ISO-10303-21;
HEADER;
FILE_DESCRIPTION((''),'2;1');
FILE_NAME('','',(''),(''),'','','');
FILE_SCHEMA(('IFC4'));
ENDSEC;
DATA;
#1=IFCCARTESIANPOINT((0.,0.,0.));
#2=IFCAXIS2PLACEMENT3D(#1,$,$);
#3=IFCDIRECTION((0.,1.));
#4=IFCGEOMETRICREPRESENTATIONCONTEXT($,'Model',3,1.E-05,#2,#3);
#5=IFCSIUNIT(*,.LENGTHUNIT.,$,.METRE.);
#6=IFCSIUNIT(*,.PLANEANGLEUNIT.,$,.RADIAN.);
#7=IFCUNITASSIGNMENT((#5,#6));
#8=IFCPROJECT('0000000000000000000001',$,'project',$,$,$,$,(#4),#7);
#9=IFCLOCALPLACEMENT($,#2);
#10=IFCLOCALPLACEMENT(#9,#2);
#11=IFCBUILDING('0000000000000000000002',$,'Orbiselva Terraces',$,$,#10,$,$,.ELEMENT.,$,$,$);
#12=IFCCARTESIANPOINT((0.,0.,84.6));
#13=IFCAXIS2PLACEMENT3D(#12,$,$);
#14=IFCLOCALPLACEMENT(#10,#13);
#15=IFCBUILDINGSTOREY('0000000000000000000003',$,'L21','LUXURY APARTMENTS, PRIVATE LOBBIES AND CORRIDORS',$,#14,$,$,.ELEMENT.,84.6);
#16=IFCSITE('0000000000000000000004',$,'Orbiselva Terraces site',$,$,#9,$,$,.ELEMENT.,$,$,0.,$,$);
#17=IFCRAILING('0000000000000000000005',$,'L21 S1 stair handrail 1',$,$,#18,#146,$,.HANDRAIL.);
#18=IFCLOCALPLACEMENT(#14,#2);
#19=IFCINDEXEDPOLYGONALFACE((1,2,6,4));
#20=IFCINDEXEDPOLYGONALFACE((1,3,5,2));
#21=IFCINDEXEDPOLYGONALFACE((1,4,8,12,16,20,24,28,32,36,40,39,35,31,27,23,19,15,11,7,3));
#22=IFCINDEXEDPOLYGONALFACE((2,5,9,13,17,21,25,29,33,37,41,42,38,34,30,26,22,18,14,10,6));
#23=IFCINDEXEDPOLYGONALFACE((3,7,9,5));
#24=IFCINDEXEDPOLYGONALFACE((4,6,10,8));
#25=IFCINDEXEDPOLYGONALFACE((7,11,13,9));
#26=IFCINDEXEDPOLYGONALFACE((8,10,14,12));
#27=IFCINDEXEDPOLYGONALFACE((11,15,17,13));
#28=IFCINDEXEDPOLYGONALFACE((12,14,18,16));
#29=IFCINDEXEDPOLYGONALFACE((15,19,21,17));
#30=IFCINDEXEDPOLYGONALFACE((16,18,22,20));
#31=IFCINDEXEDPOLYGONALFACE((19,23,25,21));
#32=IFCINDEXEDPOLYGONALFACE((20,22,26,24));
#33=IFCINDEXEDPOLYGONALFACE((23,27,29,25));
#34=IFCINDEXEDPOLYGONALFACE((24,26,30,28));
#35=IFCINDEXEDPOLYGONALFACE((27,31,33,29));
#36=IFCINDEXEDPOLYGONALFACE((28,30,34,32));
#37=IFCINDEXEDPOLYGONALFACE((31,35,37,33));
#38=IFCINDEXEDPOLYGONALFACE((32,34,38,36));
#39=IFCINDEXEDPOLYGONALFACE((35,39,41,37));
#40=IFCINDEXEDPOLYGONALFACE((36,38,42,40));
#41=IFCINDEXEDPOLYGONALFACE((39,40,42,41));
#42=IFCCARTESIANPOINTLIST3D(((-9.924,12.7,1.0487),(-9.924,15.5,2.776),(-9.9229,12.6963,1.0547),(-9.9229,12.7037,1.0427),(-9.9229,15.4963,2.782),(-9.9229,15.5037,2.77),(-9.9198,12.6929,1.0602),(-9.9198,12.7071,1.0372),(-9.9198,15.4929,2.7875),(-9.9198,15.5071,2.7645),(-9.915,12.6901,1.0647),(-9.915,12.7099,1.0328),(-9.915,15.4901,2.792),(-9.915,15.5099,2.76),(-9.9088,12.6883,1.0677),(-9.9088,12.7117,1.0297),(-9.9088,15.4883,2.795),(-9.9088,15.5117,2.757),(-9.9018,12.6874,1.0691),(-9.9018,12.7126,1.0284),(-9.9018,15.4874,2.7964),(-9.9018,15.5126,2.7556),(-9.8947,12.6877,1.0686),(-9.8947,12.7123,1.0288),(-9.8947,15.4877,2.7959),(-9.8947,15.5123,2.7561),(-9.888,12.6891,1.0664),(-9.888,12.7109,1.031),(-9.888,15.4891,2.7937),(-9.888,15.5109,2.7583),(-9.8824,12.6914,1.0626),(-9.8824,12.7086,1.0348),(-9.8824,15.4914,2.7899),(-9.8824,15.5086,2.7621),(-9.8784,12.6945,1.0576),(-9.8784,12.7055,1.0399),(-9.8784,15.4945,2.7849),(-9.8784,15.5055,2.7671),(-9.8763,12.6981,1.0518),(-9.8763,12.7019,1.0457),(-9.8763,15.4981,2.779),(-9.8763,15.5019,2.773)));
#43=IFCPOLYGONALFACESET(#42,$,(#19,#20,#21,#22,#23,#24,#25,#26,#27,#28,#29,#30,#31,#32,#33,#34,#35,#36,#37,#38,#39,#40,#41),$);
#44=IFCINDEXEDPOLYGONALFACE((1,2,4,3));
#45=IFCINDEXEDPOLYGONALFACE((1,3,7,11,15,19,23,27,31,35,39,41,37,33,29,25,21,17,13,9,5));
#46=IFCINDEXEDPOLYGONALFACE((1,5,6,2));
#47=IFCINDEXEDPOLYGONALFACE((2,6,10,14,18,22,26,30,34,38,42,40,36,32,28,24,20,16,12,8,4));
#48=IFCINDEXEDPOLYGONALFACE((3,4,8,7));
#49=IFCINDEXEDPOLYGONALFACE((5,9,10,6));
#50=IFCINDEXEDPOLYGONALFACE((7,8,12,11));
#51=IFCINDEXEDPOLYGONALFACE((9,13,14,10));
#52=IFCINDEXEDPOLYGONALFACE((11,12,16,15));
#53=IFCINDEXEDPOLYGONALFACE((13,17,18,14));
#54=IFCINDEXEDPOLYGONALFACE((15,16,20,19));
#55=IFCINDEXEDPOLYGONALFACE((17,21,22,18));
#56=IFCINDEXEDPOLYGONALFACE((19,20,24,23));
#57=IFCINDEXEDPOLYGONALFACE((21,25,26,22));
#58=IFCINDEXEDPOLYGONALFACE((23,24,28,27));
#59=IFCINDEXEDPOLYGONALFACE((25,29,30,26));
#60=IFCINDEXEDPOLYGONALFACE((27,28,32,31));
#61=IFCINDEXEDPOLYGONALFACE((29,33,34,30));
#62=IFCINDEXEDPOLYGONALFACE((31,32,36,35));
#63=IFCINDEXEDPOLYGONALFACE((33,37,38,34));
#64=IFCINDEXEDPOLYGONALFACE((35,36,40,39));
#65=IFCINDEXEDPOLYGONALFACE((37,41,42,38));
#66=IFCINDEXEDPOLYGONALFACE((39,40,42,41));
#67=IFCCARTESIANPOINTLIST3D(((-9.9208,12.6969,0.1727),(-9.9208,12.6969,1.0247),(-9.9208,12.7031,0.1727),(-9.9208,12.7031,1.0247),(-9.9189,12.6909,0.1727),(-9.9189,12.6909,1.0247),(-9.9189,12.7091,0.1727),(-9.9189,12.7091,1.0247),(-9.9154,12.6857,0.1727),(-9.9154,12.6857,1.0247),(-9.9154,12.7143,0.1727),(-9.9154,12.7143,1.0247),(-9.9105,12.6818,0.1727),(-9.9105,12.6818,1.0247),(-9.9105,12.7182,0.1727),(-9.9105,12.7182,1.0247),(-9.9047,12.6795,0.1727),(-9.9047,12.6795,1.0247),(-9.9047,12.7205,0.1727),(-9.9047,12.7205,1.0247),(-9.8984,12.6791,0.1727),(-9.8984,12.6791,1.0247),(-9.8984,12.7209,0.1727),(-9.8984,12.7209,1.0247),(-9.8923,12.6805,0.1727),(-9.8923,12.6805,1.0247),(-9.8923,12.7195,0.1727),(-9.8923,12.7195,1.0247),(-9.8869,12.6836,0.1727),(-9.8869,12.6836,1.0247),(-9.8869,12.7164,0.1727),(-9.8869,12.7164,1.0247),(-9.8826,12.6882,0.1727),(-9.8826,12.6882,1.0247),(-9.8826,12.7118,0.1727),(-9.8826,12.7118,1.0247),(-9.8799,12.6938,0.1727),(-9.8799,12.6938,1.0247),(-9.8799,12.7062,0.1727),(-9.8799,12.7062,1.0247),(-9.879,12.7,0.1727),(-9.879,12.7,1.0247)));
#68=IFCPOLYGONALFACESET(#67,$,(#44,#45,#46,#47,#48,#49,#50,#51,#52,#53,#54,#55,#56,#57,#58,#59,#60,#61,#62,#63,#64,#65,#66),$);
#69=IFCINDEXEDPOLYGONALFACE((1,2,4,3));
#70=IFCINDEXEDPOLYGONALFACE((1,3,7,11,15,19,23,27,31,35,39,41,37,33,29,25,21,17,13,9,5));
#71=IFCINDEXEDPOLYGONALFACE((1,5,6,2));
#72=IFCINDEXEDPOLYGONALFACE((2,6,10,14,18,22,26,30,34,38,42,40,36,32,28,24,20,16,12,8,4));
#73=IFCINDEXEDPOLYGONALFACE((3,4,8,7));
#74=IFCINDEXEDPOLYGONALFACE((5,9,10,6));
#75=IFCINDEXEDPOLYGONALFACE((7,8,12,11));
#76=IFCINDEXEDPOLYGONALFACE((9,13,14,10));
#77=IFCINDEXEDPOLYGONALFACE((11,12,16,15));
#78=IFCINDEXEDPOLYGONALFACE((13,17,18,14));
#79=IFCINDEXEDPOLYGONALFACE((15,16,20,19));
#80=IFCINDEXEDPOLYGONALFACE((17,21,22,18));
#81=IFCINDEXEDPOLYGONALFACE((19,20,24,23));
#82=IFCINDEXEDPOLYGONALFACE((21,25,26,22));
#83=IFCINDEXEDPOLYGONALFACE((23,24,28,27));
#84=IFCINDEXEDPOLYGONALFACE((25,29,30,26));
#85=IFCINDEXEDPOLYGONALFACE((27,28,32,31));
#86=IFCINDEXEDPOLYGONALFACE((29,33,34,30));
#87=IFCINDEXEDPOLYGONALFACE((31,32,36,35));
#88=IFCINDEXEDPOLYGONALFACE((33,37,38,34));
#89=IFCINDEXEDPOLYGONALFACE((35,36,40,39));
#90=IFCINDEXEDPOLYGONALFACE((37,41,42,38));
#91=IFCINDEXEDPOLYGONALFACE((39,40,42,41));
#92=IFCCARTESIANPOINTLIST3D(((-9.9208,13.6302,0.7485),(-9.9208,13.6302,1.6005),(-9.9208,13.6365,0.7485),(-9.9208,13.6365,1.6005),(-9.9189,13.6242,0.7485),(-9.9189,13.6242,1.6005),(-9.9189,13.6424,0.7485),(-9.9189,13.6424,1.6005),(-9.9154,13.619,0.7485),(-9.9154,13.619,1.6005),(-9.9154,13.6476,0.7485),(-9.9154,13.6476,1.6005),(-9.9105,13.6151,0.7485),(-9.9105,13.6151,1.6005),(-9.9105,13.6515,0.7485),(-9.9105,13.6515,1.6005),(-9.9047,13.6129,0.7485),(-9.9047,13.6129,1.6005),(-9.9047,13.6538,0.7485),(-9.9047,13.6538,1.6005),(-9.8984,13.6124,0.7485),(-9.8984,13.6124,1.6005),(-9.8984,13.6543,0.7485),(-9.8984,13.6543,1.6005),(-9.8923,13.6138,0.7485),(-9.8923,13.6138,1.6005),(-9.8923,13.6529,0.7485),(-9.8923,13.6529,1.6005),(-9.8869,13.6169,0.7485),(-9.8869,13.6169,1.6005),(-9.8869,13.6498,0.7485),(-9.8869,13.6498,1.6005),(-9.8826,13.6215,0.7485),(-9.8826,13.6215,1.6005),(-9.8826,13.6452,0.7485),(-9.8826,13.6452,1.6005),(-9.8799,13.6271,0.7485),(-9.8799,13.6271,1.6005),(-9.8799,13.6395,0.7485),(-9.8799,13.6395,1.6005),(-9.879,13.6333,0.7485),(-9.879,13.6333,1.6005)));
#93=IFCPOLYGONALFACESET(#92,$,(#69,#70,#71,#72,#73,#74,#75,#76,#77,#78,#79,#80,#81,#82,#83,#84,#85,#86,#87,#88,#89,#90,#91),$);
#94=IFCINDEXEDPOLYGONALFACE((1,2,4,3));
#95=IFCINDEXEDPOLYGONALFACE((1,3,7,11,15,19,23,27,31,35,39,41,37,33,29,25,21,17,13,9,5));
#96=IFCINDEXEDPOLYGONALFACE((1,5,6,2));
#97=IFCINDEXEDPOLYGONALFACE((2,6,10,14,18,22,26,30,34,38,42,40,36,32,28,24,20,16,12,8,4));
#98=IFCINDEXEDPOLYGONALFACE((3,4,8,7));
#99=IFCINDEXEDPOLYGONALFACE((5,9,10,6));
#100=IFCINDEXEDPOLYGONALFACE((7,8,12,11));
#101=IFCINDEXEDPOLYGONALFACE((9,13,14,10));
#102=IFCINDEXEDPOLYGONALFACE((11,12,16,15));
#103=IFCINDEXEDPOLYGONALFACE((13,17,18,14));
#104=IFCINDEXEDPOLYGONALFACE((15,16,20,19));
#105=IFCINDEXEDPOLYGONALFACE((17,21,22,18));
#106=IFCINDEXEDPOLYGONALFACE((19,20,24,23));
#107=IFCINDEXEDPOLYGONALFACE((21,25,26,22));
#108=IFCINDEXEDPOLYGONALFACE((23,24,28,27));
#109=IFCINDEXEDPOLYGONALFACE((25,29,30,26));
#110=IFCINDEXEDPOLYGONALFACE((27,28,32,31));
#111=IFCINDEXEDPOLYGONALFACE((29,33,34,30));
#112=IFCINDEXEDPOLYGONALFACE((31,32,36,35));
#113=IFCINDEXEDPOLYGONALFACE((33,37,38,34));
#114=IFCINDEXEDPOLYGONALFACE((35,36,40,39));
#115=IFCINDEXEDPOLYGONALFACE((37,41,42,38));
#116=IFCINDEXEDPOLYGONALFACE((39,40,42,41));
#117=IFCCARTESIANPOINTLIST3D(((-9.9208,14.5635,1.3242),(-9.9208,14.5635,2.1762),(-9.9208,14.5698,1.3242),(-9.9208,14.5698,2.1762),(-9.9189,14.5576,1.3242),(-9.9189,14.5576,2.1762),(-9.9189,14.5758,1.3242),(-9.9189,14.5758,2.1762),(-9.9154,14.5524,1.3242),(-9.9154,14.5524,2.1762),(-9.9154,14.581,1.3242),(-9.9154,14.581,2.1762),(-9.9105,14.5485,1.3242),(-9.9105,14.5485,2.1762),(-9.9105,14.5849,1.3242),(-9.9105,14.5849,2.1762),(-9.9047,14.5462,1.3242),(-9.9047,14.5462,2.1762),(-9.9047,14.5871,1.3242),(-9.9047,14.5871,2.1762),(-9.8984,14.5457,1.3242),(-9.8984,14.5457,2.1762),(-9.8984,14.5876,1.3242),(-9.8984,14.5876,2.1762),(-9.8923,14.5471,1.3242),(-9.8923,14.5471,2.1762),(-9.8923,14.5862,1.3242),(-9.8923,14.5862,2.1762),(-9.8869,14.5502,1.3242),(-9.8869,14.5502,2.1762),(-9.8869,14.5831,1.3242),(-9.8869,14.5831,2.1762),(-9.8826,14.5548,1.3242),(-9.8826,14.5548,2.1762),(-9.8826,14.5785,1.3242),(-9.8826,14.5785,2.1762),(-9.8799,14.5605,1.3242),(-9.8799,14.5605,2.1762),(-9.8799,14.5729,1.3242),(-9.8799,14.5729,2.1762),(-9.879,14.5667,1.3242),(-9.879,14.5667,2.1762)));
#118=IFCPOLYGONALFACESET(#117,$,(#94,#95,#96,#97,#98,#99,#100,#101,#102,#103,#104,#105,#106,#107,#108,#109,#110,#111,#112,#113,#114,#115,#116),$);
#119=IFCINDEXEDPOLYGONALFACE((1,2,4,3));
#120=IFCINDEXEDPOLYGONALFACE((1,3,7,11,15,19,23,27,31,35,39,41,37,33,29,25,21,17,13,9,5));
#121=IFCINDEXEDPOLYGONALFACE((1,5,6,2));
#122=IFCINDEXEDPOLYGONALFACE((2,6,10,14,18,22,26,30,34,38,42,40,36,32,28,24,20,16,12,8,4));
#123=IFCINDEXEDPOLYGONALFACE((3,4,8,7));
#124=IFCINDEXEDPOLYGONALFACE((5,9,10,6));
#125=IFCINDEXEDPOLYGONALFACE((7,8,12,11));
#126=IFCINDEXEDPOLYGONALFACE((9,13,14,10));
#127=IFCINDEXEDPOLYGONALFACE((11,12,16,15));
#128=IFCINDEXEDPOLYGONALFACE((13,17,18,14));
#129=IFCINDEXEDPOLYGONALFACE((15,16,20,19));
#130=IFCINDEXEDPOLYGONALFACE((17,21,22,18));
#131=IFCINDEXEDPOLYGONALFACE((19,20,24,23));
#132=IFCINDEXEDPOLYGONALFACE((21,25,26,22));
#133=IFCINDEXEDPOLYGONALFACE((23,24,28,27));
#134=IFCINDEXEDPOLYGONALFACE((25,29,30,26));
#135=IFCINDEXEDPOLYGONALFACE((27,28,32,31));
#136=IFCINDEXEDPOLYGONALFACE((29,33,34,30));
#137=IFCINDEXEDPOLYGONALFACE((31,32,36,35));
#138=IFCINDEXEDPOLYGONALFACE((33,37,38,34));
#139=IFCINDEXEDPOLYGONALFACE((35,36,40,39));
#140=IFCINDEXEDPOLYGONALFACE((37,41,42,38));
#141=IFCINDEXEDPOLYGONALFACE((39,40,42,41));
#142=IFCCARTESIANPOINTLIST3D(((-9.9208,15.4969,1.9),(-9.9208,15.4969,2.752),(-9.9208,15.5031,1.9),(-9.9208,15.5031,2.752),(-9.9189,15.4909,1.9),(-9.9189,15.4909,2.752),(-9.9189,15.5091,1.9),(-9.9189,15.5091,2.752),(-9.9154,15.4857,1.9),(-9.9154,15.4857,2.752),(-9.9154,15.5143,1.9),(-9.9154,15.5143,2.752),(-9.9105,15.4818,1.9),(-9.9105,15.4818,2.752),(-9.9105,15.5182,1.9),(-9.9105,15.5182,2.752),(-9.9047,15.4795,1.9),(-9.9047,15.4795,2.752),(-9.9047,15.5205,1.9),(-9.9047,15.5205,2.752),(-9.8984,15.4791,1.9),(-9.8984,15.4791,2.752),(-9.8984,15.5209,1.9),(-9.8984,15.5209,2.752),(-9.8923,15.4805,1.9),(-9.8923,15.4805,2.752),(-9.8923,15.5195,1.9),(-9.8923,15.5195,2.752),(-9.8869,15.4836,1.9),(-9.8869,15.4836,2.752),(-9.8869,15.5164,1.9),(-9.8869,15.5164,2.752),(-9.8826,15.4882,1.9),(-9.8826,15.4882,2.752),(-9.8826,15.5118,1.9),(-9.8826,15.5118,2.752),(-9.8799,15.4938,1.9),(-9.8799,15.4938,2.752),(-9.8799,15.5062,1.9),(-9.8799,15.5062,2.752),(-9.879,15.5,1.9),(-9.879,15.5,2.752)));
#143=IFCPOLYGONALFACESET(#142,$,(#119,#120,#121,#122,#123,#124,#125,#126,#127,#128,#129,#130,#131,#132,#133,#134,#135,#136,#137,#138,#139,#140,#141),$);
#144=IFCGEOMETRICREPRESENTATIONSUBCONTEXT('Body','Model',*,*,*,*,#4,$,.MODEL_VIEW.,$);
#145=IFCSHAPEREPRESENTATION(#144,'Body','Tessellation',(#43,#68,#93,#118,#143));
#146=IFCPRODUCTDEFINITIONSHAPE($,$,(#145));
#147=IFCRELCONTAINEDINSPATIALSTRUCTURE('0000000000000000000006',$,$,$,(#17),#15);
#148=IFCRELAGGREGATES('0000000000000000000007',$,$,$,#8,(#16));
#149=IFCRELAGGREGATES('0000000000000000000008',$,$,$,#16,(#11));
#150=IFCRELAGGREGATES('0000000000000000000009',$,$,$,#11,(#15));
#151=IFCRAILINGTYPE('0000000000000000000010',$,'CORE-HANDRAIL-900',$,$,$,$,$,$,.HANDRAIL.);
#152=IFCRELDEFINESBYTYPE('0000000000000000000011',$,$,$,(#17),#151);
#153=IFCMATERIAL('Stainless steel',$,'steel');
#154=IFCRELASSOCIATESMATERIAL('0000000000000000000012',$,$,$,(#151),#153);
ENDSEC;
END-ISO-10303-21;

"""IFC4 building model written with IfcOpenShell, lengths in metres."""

from ifc_helpers import new_model, si_unit, direction, frame, origin, origin_2d, place, context, subcontext, project, spatial, circle, extrude, material, type_object, element, save


model = new_model("IFC4")

# Units and contexts
model_context = context("Model", 3, precision=1e-05, world=origin(), true_north=direction((0.0, 1.0)))
body_context = subcontext(model_context, "Body", "Model", "MODEL_VIEW")
ifc_project = project(units=[si_unit("LENGTHUNIT", "METRE"), si_unit("PLANEANGLEUNIT", "RADIAN")], contexts=[model_context])

# Site, building, storey
site_placement = place(None, origin())
site = spatial("IfcSite", under=ifc_project, at=site_placement, Name="Orbiselva Terraces site", CompositionType="ELEMENT", RefElevation=0.0)
building_placement = place(site_placement, origin())
building = spatial("IfcBuilding", under=site, at=building_placement, Name="Orbiselva Terraces", CompositionType="ELEMENT")
storey_placement = place(building_placement, frame((0.0, 0.0, 84.6)))
storey = spatial("IfcBuildingStorey", under=building, at=storey_placement, Name="L21", Description="LUXURY APARTMENTS, PRIVATE LOBBIES AND CORRIDORS", CompositionType="ELEMENT", Elevation=84.6)

# Railing
ifc_material_1 = material(Name="Stainless steel", Category="steel")
railing_type_1 = type_object("IfcRailingType", Name="CORE-HANDRAIL-900", PredefinedType="HANDRAIL", material=ifc_material_1)
railing_1_placement = place(storey_placement, frame((-9.9, 12.7, 0.1727)))
element("IfcRailing", 1, at=railing_1_placement, inside=storey, type_object=railing_type_1, Name="L21 S1 stair handrail 1", PredefinedType="HANDRAIL", context=body_context, shape_type="SweptSolid", body=[
    extrude(circle(Radius=0.024, at=origin_2d()), frame((0.0, 0.0, 0.876), z_axis=(0.0, 0.851089, 0.525022), x_axis=(-1.0, 0.0, 0.0)), (0.0, 0.0, 1.0), 3.2899),
    extrude(circle(Radius=0.021, at=origin_2d()), origin(), (0.0, 0.0, 1.0), 0.852),
    extrude(circle(Radius=0.021, at=origin_2d()), frame((0.0, 0.9333, 0.5758)), (0.0, 0.0, 1.0), 0.852),
    extrude(circle(Radius=0.021, at=origin_2d()), frame((0.0, 1.8667, 1.1515)), (0.0, 0.0, 1.0), 0.852),
    extrude(circle(Radius=0.021, at=origin_2d()), frame((0.0, 2.8, 1.7273)), (0.0, 0.0, 1.0), 0.852),
])

save(model, "model.ifc")
